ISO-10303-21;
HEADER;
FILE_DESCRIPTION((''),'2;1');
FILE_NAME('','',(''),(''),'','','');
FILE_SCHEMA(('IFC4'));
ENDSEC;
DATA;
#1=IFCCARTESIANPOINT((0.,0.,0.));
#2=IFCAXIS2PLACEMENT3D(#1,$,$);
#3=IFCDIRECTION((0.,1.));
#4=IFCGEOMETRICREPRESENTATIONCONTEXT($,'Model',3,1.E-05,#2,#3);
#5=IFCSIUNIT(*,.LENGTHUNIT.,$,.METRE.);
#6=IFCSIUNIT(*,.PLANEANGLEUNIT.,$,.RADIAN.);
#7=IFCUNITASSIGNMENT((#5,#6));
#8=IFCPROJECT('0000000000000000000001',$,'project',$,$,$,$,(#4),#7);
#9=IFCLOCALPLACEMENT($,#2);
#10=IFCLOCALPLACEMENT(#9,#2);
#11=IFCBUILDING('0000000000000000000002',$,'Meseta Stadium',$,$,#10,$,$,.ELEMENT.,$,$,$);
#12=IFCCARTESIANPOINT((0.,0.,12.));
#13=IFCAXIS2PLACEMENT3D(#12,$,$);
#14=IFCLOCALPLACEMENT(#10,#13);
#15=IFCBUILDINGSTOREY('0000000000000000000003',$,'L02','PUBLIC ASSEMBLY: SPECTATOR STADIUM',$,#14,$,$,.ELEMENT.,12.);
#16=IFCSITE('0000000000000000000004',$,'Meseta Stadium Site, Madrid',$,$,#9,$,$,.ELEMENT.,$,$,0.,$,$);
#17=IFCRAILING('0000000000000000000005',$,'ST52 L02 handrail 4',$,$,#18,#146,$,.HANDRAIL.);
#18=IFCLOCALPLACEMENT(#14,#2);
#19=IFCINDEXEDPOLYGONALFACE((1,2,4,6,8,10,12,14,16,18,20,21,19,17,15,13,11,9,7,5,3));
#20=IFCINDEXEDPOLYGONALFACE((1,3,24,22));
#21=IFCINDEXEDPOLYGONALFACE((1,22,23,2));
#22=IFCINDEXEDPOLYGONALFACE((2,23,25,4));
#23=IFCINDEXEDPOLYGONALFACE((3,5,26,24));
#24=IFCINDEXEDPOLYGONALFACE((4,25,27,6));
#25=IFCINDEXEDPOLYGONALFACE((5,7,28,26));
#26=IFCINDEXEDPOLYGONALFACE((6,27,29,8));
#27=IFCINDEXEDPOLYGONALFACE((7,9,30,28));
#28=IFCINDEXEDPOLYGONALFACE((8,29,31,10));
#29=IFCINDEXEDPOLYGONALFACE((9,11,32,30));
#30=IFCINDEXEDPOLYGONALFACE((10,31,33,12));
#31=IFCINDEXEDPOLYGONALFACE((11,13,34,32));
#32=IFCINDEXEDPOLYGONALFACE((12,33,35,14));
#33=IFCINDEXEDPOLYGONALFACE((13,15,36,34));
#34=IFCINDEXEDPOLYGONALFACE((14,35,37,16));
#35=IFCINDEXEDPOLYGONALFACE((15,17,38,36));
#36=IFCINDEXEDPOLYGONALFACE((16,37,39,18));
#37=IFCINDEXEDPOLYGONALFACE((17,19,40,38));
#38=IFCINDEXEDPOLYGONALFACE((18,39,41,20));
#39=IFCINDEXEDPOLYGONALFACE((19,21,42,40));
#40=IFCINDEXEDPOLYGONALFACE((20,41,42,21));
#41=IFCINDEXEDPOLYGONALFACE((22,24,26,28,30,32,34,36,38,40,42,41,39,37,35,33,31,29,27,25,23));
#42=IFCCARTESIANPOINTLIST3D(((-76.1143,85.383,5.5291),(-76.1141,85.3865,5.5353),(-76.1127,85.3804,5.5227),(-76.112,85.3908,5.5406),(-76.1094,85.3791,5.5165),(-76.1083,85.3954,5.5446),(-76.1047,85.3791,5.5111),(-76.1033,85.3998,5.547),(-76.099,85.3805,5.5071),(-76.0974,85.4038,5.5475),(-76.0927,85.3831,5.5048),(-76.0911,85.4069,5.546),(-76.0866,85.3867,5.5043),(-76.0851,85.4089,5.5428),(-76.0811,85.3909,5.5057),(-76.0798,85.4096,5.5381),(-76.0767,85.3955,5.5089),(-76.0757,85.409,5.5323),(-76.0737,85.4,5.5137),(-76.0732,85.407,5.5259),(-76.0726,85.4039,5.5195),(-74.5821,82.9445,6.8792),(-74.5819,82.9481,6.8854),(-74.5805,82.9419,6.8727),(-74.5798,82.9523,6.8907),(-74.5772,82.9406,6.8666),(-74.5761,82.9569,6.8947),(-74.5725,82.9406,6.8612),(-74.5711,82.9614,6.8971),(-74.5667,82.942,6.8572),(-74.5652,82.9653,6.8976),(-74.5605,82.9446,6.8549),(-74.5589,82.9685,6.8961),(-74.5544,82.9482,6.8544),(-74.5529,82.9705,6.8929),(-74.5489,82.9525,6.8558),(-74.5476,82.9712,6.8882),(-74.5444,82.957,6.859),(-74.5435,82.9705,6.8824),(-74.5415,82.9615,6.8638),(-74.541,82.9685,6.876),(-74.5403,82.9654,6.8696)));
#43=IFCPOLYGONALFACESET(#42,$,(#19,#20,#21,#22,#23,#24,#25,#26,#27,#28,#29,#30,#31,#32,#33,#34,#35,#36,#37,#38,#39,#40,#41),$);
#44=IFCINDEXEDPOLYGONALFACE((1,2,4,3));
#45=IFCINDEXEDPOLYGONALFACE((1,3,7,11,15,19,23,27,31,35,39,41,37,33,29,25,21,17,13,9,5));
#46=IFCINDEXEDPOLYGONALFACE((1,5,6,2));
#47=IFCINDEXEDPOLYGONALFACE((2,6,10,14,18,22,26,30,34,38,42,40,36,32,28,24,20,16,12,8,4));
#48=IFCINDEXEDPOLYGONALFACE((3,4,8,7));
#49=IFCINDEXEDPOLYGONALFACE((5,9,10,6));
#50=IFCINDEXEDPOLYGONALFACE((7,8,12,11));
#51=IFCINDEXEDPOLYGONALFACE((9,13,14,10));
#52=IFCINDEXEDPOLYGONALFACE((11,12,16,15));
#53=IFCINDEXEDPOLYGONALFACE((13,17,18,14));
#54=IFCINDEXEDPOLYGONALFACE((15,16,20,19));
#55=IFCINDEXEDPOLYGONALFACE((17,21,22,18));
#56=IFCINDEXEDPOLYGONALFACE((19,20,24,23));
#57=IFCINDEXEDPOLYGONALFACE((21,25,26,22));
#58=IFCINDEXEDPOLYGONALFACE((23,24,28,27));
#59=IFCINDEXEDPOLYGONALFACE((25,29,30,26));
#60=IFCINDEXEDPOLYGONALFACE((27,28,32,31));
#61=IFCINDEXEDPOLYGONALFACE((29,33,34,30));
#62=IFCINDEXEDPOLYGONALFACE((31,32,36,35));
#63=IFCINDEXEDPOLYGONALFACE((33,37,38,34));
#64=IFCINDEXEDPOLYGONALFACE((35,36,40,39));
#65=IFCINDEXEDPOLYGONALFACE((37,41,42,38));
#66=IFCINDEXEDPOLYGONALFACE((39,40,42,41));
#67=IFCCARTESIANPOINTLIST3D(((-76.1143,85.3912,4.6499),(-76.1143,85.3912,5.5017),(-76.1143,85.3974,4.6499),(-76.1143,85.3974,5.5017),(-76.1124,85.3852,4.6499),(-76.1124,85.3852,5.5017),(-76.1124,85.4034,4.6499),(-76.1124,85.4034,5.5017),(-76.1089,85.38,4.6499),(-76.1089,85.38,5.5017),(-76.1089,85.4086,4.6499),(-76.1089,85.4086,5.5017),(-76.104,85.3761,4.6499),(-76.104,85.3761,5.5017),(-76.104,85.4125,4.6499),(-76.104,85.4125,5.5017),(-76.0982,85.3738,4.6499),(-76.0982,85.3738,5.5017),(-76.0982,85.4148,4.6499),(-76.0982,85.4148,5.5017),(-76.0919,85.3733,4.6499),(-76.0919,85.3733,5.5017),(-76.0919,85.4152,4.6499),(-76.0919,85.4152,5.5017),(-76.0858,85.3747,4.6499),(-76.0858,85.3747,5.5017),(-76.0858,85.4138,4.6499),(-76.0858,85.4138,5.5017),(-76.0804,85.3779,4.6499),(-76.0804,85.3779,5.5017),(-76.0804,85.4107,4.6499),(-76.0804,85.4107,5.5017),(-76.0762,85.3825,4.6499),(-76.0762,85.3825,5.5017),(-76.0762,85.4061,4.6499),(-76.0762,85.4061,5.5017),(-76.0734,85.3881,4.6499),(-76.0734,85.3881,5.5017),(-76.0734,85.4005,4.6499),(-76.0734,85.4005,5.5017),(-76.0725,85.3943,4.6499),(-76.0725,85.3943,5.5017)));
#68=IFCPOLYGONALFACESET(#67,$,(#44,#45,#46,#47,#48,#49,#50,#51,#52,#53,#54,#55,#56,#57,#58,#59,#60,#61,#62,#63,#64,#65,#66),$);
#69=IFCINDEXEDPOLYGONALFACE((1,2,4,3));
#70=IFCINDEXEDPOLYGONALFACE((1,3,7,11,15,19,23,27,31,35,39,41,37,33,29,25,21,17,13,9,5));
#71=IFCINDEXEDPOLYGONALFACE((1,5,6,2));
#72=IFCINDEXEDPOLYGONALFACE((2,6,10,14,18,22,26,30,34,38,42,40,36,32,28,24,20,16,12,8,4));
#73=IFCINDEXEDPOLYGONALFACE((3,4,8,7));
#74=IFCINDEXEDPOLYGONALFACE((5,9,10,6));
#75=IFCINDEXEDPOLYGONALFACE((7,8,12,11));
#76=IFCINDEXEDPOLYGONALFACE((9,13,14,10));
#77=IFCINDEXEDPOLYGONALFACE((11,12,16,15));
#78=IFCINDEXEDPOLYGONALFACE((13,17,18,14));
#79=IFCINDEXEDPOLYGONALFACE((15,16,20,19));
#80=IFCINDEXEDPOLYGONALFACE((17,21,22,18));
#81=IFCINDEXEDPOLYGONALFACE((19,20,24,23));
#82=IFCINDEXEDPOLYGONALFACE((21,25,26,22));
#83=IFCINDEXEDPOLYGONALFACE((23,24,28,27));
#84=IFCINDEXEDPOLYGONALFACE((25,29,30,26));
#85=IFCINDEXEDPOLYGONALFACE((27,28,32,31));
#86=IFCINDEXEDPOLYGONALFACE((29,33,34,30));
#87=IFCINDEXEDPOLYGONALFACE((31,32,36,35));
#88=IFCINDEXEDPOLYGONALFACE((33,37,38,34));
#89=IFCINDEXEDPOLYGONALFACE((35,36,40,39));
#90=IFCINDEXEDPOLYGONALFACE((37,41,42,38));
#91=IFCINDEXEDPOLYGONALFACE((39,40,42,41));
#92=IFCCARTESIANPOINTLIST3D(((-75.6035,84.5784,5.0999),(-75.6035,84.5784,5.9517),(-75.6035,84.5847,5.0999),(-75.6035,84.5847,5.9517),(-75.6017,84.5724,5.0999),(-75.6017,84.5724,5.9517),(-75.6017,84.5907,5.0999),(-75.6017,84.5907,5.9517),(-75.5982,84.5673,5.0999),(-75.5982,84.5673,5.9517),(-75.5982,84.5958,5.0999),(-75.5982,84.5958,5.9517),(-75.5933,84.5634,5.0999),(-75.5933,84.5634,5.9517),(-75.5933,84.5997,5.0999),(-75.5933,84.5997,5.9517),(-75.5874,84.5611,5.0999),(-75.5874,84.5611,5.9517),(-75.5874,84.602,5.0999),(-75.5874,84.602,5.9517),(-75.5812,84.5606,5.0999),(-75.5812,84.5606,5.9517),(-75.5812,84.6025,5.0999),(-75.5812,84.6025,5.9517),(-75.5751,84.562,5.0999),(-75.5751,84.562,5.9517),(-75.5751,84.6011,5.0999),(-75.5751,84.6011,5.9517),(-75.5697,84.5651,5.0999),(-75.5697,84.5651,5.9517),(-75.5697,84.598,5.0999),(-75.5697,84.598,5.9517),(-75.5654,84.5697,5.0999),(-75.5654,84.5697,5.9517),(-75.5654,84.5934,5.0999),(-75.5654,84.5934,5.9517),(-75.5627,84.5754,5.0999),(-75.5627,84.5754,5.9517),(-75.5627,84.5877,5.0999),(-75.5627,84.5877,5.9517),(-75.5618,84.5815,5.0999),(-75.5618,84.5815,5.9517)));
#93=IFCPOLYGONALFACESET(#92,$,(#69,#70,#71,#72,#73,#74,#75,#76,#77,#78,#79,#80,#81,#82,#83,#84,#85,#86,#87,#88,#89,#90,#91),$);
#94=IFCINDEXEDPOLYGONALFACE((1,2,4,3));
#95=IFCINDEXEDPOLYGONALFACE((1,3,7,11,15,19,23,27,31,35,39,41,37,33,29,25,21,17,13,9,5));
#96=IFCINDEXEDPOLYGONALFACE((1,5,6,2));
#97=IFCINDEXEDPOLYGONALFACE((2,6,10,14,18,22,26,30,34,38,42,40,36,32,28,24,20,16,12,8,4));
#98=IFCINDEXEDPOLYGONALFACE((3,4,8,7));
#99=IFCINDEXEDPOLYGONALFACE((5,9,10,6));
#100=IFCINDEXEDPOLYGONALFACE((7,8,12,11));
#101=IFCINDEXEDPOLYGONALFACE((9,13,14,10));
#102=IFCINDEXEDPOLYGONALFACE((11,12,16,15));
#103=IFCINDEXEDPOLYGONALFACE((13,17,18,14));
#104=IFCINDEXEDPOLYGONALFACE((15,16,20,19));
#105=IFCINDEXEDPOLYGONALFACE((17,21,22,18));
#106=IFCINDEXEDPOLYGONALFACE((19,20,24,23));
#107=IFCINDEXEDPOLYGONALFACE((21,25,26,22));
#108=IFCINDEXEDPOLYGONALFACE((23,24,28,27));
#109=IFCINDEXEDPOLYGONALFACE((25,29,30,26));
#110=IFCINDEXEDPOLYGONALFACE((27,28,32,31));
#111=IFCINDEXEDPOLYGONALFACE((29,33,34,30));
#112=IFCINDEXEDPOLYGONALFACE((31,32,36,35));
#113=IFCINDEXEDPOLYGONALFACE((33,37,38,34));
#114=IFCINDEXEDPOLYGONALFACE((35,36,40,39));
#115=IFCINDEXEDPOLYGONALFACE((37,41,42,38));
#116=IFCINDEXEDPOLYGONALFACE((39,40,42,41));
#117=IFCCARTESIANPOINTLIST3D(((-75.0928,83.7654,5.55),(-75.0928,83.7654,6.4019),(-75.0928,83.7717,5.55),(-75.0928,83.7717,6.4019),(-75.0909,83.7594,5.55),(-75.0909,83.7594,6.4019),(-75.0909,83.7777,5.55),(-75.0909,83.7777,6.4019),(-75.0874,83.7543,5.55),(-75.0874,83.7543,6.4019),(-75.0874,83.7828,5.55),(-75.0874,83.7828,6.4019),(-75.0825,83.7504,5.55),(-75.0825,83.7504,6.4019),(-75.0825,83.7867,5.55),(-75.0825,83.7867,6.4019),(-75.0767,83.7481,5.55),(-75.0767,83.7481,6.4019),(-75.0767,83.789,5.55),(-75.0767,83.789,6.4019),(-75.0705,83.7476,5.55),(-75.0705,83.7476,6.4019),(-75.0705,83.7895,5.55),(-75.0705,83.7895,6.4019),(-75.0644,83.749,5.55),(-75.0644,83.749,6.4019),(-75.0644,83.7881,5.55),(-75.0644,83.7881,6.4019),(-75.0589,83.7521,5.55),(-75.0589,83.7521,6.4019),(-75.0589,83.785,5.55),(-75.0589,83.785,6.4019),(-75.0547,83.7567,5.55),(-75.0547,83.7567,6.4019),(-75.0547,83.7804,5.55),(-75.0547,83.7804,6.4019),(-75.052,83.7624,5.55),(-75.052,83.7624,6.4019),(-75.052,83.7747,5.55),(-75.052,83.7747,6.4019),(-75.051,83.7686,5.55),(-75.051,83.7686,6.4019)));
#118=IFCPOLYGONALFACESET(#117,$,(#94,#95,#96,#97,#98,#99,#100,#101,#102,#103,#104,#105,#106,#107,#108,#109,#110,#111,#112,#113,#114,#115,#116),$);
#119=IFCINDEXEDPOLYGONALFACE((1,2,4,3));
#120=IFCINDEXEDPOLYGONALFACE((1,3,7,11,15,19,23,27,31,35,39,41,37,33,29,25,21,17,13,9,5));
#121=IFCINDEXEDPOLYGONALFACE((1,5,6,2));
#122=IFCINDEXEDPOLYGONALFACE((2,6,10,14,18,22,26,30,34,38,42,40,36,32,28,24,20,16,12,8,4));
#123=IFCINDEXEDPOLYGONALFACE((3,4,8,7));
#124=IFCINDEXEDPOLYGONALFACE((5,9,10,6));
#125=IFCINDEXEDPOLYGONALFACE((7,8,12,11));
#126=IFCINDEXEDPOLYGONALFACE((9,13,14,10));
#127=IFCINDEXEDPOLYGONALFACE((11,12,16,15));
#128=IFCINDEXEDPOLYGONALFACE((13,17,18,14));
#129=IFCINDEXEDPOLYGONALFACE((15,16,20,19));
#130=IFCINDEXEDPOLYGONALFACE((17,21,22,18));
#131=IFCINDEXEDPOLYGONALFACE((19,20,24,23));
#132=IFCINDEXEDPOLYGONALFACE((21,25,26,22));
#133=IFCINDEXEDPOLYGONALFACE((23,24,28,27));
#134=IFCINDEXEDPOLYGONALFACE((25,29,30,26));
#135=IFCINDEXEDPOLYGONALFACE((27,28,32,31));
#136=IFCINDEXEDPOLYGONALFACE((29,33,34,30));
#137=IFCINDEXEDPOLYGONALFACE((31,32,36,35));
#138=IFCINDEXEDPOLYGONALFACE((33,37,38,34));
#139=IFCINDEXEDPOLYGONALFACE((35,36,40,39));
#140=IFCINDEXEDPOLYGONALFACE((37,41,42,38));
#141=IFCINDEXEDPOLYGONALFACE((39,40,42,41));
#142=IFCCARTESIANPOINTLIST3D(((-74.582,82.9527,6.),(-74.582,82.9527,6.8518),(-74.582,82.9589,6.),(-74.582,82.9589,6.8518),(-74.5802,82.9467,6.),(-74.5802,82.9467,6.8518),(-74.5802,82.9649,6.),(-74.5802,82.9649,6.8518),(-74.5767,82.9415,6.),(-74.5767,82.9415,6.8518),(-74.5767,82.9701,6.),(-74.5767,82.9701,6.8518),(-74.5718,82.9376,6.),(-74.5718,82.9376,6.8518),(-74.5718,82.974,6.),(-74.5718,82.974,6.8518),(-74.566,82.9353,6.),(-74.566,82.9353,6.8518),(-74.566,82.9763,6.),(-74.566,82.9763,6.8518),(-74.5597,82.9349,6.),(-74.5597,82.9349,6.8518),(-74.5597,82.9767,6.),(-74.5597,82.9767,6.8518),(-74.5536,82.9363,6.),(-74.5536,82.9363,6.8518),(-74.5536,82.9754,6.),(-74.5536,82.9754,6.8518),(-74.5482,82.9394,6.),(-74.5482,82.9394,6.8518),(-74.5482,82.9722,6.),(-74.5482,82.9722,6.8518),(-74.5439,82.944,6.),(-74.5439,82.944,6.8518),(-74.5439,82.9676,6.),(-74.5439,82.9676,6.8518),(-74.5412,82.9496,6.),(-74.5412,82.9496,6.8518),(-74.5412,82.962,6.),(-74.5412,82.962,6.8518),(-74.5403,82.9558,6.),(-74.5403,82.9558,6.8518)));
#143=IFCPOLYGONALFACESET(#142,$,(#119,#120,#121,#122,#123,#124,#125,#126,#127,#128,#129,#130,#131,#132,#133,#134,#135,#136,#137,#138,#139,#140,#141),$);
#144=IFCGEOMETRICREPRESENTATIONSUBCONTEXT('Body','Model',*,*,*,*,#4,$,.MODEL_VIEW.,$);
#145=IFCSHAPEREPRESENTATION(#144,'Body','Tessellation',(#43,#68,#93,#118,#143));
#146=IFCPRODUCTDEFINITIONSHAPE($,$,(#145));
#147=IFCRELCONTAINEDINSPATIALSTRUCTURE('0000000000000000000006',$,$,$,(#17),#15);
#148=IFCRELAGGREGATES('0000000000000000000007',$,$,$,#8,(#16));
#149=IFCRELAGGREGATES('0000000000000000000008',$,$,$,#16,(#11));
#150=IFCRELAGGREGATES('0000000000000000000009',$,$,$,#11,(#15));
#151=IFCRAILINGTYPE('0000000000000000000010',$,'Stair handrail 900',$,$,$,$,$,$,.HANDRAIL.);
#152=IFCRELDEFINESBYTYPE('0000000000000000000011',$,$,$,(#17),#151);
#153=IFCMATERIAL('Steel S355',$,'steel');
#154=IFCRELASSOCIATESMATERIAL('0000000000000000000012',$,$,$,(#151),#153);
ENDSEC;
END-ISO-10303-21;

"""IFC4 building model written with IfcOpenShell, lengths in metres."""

from ifc_helpers import new_model, si_unit, direction, frame, origin, origin_2d, place, context, subcontext, project, spatial, circle, extrude, material, type_object, element, save


model = new_model("IFC4")

# Units and contexts
model_context = context("Model", 3, precision=1e-05, world=origin(), true_north=direction((0.0, 1.0)))
body_context = subcontext(model_context, "Body", "Model", "MODEL_VIEW")
ifc_project = project(units=[si_unit("LENGTHUNIT", "METRE"), si_unit("PLANEANGLEUNIT", "RADIAN")], contexts=[model_context])

# Site, building, storey
site_placement = place(None, origin())
site = spatial("IfcSite", under=ifc_project, at=site_placement, Name="Meseta Stadium Site, Madrid", CompositionType="ELEMENT", RefElevation=0.0)
building_placement = place(site_placement, origin())
building = spatial("IfcBuilding", under=site, at=building_placement, Name="Meseta Stadium", CompositionType="ELEMENT")
storey_placement = place(building_placement, frame((0.0, 0.0, 12.0)))
storey = spatial("IfcBuildingStorey", under=building, at=storey_placement, Name="L02", Description="PUBLIC ASSEMBLY: SPECTATOR STADIUM", CompositionType="ELEMENT", Elevation=12.0)

# Railing
ifc_material_1 = material(Name="Steel S355", Category="steel")
railing_type_1 = type_object("IfcRailingType", Name="Stair handrail 900", PredefinedType="HANDRAIL", material=ifc_material_1)
for number, where, name in (
    (1, (-76.0935, 85.3943, 4.6499), "ST52 L02 handrail 4"),
):
    element("IfcRailing", number, at=place(storey_placement, frame(where)), inside=storey, type_object=railing_type_1, Name=name, PredefinedType="HANDRAIL", context=body_context, shape_type="SweptSolid", body=[
        extrude(circle(Radius=0.0239, at=origin_2d()), frame((0.0, 0.0, 0.876), z_axis=(0.481731, -0.766655, 0.42447), x_axis=(0.846719, 0.53204, 0.0)), (0.0, 0.0, 1.0), 3.1807),
        extrude(circle(Radius=0.021, at=origin_2d()), origin(), (0.0, 0.0, 1.0), 0.8518),
        extrude(circle(Radius=0.021, at=origin_2d()), frame((0.5107, -0.8127, 0.45)), (0.0, 0.0, 1.0), 0.8518),
        extrude(circle(Radius=0.021, at=origin_2d()), frame((1.0215, -1.6257, 0.9001)), (0.0, 0.0, 1.0), 0.8518),
        extrude(circle(Radius=0.021, at=origin_2d()), frame((1.5322, -2.4385, 1.3501)), (0.0, 0.0, 1.0), 0.8518),
    ])

save(model, "model.ifc")
